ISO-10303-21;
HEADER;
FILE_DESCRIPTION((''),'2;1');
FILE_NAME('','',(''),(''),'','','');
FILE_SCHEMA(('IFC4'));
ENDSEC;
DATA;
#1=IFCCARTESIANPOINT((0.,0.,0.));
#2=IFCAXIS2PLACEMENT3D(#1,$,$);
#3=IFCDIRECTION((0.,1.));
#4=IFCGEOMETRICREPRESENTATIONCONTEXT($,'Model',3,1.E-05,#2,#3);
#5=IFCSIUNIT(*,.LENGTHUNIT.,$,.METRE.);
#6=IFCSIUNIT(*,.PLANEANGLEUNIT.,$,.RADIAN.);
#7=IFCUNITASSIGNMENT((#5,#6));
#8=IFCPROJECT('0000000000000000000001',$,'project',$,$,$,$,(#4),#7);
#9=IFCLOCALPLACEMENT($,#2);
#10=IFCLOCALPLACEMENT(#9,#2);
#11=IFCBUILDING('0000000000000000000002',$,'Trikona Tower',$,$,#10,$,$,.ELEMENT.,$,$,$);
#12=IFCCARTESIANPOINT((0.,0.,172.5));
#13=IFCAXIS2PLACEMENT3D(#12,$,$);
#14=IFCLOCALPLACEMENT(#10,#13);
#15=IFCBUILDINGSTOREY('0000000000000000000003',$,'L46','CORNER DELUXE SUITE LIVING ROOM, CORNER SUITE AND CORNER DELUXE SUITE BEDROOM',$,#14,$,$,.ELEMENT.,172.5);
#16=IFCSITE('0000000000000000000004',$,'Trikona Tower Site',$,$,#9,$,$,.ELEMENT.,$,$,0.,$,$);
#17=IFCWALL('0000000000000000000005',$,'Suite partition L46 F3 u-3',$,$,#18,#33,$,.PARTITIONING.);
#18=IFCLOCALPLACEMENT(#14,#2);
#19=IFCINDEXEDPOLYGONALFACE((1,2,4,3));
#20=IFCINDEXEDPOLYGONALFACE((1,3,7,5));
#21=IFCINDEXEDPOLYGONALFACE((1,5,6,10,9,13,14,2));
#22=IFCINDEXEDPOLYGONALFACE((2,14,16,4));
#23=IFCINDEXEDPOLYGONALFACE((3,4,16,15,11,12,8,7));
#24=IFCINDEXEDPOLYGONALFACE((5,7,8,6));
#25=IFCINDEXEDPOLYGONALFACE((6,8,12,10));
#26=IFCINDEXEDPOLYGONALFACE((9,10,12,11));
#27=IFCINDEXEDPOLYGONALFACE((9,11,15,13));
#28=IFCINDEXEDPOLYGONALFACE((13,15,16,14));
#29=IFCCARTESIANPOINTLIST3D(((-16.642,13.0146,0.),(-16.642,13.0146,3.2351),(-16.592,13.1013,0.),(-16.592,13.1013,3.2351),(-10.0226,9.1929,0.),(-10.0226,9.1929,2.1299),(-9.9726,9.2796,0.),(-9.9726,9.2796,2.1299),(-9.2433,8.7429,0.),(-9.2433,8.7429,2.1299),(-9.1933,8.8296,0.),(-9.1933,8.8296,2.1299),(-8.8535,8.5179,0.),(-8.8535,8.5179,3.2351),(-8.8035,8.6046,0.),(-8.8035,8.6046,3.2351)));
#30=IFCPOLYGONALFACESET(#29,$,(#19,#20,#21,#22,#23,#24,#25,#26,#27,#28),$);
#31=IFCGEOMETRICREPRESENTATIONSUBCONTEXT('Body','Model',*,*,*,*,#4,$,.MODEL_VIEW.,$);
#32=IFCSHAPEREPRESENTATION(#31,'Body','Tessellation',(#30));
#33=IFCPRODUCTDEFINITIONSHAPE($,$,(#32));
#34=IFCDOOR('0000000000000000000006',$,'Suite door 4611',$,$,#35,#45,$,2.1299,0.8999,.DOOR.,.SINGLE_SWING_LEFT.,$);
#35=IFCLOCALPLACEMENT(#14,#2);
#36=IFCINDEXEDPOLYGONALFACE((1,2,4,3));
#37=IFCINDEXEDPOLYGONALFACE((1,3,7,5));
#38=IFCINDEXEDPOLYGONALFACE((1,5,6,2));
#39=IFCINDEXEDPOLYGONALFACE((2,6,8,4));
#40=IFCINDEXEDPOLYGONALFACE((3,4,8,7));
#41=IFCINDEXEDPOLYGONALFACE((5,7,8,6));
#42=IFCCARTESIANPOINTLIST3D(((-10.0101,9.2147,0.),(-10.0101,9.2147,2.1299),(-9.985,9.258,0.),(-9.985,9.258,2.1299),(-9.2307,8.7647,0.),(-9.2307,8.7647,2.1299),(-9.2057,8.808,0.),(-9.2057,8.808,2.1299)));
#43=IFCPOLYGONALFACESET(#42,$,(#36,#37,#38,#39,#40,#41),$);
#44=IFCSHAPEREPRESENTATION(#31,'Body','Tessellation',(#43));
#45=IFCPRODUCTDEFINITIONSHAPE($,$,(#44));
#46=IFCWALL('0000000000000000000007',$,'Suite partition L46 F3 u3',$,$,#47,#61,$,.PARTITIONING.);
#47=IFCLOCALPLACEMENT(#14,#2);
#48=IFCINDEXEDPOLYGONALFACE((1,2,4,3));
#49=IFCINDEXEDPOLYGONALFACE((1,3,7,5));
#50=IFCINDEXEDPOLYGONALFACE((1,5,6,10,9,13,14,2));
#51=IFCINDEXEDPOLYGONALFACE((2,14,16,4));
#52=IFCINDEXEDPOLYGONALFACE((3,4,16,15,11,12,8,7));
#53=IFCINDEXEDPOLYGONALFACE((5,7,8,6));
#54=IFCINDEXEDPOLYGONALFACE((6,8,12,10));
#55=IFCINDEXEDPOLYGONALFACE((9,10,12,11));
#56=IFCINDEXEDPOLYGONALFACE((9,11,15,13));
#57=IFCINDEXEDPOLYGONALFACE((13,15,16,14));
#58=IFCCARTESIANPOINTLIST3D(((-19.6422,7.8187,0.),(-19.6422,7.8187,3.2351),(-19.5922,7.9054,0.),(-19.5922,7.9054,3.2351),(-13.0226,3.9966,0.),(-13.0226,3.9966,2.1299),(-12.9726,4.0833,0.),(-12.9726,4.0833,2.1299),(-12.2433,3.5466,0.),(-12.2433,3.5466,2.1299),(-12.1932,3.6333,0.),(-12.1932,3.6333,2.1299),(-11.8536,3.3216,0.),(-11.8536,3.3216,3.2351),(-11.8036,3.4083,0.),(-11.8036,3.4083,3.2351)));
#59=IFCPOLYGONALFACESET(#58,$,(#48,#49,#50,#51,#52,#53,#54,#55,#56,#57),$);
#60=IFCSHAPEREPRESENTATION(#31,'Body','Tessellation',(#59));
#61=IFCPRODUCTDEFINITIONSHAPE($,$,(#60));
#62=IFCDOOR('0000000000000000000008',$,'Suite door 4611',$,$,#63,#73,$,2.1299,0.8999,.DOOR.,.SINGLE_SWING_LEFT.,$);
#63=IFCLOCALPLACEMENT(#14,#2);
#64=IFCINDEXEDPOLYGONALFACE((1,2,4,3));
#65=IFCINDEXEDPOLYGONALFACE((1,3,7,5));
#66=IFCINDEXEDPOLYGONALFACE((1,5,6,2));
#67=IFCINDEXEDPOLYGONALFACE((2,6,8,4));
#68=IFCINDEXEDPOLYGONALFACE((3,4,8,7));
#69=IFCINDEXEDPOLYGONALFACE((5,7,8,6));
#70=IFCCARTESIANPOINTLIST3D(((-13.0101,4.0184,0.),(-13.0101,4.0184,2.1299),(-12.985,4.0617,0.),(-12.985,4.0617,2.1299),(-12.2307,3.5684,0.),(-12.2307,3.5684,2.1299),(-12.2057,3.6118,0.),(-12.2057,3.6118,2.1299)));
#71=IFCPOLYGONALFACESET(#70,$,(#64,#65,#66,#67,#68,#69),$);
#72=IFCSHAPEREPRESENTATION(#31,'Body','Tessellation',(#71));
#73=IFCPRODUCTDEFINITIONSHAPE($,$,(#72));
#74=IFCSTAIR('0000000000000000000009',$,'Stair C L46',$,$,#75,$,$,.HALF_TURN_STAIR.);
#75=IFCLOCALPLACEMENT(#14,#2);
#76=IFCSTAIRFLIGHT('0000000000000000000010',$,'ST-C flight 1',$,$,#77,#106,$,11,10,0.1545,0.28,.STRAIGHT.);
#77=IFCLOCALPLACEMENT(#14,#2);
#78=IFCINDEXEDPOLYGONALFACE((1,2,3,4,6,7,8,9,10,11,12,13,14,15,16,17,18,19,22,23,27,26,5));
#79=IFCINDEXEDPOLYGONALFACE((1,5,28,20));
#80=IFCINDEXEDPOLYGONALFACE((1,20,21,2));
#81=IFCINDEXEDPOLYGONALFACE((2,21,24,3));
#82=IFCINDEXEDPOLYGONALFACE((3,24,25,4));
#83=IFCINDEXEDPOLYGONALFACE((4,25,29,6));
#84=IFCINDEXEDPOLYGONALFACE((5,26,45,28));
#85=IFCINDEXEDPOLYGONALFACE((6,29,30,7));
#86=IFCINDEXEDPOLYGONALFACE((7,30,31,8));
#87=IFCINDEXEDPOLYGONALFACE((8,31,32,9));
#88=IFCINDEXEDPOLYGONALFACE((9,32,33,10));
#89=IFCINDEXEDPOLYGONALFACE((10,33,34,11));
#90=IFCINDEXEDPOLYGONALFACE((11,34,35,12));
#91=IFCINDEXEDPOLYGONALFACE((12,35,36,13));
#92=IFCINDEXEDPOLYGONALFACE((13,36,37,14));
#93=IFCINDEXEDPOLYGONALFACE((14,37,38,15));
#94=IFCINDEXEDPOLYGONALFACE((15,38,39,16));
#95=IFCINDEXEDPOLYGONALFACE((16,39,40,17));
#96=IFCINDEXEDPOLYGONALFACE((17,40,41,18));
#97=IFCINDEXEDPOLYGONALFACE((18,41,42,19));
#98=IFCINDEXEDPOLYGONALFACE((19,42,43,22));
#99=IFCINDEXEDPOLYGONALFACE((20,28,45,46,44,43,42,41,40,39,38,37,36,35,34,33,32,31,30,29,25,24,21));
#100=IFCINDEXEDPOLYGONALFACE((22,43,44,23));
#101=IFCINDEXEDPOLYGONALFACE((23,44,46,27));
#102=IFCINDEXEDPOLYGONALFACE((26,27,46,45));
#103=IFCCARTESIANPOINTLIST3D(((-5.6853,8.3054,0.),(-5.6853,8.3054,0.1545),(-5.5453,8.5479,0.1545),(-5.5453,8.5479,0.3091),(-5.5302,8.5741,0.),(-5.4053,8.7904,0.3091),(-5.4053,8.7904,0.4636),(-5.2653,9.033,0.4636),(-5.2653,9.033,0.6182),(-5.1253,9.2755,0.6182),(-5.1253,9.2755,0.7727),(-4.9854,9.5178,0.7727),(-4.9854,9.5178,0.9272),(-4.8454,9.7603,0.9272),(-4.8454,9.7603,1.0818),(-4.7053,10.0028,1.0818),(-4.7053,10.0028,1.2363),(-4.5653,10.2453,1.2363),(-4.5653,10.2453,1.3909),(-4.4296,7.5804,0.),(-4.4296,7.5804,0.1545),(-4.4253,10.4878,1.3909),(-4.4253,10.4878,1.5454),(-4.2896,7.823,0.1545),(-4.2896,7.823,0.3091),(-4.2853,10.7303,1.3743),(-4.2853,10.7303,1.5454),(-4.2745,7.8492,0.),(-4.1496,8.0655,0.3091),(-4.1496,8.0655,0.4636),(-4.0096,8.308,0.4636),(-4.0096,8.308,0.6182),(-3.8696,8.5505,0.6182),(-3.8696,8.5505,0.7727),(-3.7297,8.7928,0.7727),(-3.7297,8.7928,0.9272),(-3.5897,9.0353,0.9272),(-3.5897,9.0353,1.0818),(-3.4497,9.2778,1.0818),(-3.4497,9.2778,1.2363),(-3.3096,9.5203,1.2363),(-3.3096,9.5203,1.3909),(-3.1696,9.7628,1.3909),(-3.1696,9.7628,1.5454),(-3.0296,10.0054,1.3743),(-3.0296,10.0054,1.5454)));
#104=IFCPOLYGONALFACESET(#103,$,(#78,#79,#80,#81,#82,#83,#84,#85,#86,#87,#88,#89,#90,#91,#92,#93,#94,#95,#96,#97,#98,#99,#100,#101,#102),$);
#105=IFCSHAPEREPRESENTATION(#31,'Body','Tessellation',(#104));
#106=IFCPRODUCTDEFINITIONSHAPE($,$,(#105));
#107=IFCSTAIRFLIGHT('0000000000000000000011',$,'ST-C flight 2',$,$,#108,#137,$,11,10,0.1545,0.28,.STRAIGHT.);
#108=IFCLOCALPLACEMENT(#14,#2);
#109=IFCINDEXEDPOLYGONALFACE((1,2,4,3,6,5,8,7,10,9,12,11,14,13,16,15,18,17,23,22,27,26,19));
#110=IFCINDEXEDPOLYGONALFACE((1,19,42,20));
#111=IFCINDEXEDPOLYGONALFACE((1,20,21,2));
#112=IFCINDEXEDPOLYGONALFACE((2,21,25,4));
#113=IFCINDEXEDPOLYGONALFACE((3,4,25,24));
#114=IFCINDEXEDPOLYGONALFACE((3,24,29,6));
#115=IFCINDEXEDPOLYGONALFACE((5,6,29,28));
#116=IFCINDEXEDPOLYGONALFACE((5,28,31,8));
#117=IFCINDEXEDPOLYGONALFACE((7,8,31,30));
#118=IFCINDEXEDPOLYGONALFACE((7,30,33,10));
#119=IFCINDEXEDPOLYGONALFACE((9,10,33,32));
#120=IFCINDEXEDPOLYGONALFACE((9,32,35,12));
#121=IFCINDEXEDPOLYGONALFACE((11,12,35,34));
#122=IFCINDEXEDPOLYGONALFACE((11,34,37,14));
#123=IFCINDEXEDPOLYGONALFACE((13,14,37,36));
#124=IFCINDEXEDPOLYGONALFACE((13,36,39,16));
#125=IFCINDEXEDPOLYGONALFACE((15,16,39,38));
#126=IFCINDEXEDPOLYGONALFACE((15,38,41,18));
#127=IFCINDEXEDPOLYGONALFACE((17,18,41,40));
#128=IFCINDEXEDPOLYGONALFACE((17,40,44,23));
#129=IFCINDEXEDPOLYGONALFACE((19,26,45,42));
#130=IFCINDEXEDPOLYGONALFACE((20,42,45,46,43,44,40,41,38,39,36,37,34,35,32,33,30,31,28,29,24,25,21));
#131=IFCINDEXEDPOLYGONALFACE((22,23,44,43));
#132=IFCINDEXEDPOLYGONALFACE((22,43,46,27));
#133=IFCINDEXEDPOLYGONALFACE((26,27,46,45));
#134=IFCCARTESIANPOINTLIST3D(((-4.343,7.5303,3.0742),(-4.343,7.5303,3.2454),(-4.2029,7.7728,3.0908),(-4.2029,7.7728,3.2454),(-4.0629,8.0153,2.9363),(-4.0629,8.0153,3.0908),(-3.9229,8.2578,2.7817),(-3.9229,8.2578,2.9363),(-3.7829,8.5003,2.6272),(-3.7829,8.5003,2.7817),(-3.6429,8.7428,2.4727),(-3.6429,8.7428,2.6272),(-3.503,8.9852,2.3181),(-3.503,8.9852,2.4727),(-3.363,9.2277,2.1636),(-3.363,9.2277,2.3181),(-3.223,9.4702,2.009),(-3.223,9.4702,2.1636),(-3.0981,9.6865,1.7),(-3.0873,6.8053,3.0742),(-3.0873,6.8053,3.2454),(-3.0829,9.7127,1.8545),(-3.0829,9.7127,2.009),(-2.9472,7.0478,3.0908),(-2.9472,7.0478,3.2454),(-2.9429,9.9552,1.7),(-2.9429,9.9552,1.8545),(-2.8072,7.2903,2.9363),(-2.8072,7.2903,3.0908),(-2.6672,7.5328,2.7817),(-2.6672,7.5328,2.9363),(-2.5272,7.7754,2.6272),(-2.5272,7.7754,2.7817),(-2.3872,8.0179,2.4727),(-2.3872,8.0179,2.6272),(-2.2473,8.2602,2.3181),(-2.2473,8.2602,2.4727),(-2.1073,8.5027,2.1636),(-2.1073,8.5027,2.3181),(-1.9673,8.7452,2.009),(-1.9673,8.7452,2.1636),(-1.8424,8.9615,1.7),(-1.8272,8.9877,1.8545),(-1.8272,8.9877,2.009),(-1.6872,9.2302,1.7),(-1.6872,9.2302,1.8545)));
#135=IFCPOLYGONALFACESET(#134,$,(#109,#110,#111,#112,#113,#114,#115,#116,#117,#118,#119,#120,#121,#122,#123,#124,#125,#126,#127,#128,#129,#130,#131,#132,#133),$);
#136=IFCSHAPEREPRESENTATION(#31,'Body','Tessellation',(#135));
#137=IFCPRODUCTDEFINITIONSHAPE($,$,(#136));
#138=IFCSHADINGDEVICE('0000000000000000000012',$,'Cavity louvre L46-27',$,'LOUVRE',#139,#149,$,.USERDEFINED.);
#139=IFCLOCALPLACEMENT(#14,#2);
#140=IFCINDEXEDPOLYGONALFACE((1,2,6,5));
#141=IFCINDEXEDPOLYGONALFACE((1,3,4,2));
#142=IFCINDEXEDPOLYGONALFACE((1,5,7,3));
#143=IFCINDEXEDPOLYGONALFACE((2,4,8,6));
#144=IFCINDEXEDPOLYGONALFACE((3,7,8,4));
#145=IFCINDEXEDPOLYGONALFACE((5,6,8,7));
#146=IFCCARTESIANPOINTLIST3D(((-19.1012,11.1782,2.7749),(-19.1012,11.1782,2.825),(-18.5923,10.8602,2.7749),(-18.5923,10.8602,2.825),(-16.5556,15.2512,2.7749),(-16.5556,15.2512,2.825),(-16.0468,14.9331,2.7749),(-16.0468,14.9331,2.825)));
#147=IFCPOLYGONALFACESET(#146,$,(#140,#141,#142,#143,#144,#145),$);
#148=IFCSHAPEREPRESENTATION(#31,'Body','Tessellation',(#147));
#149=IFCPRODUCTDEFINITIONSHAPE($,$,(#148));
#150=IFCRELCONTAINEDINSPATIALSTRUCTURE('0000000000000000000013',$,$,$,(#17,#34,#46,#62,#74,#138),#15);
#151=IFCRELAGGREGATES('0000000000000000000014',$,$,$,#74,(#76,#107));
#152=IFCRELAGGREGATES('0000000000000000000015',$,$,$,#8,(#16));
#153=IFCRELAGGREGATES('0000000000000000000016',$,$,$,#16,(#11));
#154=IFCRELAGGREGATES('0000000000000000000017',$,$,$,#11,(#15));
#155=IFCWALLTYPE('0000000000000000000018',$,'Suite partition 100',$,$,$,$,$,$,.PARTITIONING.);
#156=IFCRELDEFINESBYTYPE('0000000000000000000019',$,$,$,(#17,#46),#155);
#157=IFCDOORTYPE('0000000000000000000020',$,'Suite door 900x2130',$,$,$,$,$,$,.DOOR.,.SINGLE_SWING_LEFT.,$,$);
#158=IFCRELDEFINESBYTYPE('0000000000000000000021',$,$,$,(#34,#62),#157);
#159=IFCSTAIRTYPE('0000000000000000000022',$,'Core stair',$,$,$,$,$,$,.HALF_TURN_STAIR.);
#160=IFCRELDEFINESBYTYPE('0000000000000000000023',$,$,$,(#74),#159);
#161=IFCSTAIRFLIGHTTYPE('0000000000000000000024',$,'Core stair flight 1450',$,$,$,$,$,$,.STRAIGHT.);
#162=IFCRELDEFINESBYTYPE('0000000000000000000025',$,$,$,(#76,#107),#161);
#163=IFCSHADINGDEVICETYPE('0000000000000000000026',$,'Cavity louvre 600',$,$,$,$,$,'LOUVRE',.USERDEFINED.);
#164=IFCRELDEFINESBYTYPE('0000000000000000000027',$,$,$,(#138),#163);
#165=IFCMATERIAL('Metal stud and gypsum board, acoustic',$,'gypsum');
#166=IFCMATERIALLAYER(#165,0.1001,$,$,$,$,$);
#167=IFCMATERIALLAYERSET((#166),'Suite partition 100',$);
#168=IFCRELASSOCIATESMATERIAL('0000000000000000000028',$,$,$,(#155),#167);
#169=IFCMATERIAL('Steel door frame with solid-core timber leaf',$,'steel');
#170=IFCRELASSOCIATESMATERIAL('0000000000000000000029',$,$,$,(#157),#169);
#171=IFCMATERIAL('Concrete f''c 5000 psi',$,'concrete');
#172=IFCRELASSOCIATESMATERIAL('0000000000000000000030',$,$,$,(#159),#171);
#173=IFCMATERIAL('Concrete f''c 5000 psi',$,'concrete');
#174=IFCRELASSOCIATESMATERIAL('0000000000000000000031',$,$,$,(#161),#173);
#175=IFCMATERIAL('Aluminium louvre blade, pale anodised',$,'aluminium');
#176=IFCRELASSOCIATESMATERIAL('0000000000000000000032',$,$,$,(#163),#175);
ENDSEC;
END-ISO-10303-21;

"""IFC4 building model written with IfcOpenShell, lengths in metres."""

from ifc_helpers import new_model, si_unit, direction, frame, frame_2d, origin, origin_2d, place, context, subcontext, project, spatial, polyline, rectangle, outline, extrude, material, layer, layer_set, type_object, element, fill, aggregate, save


model = new_model("IFC4")

# Units and contexts
model_context = context("Model", 3, precision=1e-05, world=origin(), true_north=direction((0.0, 1.0)))
body_context = subcontext(model_context, "Body", "Model", "MODEL_VIEW")
ifc_project = project(units=[si_unit("LENGTHUNIT", "METRE"), si_unit("PLANEANGLEUNIT", "RADIAN")], contexts=[model_context])

# Site, building, storey
site_placement = place(None, origin())
site = spatial("IfcSite", under=ifc_project, at=site_placement, Name="Trikona Tower Site", CompositionType="ELEMENT", RefElevation=0.0)
building_placement = place(site_placement, origin())
building = spatial("IfcBuilding", under=site, at=building_placement, Name="Trikona Tower", CompositionType="ELEMENT")
storey_placement = place(building_placement, frame((0.0, 0.0, 172.5)))
storey = spatial("IfcBuildingStorey", under=building, at=storey_placement, Name="L46", Description="CORNER DELUXE SUITE LIVING ROOM, CORNER SUITE AND CORNER DELUXE SUITE BEDROOM", CompositionType="ELEMENT", Elevation=172.5)

# Walls, openings, doors
ifc_material_1 = material(Name="Metal stud and gypsum board, acoustic", Category="gypsum")
ifc_layer_1 = layer(ifc_material_1, 0.1001)
ifc_layer_set_1 = layer_set([ifc_layer_1], Name="Suite partition 100")
wall_type_1 = type_object("IfcWallType", Name="Suite partition 100", PredefinedType="PARTITIONING", material=ifc_layer_set_1)
wall_1_placement = place(storey_placement, frame((-8.8286, 8.5613, 0.0), z_axis=(0.0, 0.0, 1.0), x_axis=(-0.866021, 0.500008, 0.0)))
wall_1 = element("IfcWall", 1, at=wall_1_placement, inside=storey, type_object=wall_type_1, Name="Suite partition L46 F3 u-3", PredefinedType="PARTITIONING", context=body_context, shape_type="SweptSolid", body=[
    extrude(rectangle(XDim=8.9934, YDim=0.1001, at=frame_2d((4.4966, 0.0))), origin(), (0.0, 0.0, 1.0), 3.2351),
])
opening_1_placement = place(wall_1_placement, frame((0.45, 0.0, 0.0)))
opening_1 = element("IfcOpeningElement", 2, at=opening_1_placement, cuts=wall_1, PredefinedType="OPENING", context=body_context, shape_type="SweptSolid", body=[
    extrude(rectangle(XDim=0.8999, YDim=2.1299, at=frame_2d((0.45, 1.0649))), frame((0.0, 0.0601, 0.0), z_axis=(0.0, -1.0, 0.0), x_axis=(1.0, 0.0, 0.0)), (0.0, 0.0, 1.0), 0.1201),
])
ifc_material_2 = material(Name="Steel door frame with solid-core timber leaf", Category="steel")
door_type_1 = type_object("IfcDoorType", Name="Suite door 900x2130", OperationType="SINGLE_SWING_LEFT", PredefinedType="DOOR", material=ifc_material_2)
door_1_placement = place(opening_1_placement, origin())
door_1 = element("IfcDoor", 3, at=door_1_placement, inside=storey, type_object=door_type_1, Name="Suite door 4611", OperationType="SINGLE_SWING_LEFT", OverallHeight=2.1299, OverallWidth=0.8999, PredefinedType="DOOR", context=body_context, shape_type="SweptSolid", body=[
    extrude(rectangle(XDim=0.8999, YDim=2.1299, at=frame_2d((0.45, 1.0649))), frame((0.0, 0.0249, 0.0), z_axis=(0.0, -1.0, 0.0), x_axis=(1.0, 0.0, 0.0)), (0.0, 0.0, 1.0), 0.05),
])
fill(opening_1, door_1)
wall_2_placement = place(storey_placement, frame((-11.8286, 3.365, 0.0), z_axis=(0.0, 0.0, 1.0), x_axis=(-0.866009, 0.500028, 0.0)))
wall_2 = element("IfcWall", 4, at=wall_2_placement, inside=storey, type_object=wall_type_1, Name="Suite partition L46 F3 u3", PredefinedType="PARTITIONING", context=body_context, shape_type="SweptSolid", body=[
    extrude(rectangle(XDim=8.9937, YDim=0.1001, at=frame_2d((4.4968, 0.0))), origin(), (0.0, 0.0, 1.0), 3.2351),
])
opening_2_placement = place(wall_2_placement, frame((0.45, 0.0, 0.0)))
opening_2 = element("IfcOpeningElement", 5, at=opening_2_placement, cuts=wall_2, PredefinedType="OPENING", context=body_context, shape_type="SweptSolid", body=[
    extrude(rectangle(XDim=0.8999, YDim=2.1299, at=frame_2d((0.45, 1.0649))), frame((0.0, 0.0601, 0.0), z_axis=(0.0, -1.0, 0.0), x_axis=(1.0, 0.0, 0.0)), (0.0, 0.0, 1.0), 0.1201),
])
door_2_placement = place(opening_2_placement, origin())
door_2 = element("IfcDoor", 6, at=door_2_placement, inside=storey, type_object=door_type_1, Name="Suite door 4611", OperationType="SINGLE_SWING_LEFT", OverallHeight=2.1299, OverallWidth=0.8999, PredefinedType="DOOR", context=body_context, shape_type="SweptSolid", body=[
    extrude(rectangle(XDim=0.8999, YDim=2.1299, at=frame_2d((0.45, 1.0649))), frame((0.0, 0.0249, 0.0), z_axis=(0.0, -1.0, 0.0), x_axis=(1.0, 0.0, 0.0)), (0.0, 0.0, 1.0), 0.05),
])
fill(opening_2, door_2)

# Stair, stair flights
ifc_material_3 = material(Name="Concrete f'c 5000 psi", Category="concrete")
stair_type = type_object("IfcStairType", Name="Core stair", PredefinedType="HALF_TURN_STAIR", material=ifc_material_3)
stair_placement = place(storey_placement, origin())
stair = element("IfcStair", 7, at=stair_placement, inside=storey, type_object=stair_type, Name="Stair C L46", PredefinedType="HALF_TURN_STAIR")
ifc_material_4 = material(Name="Concrete f'c 5000 psi", Category="concrete")
stair_flight_type = type_object("IfcStairFlightType", Name="Core stair flight 1450", PredefinedType="STRAIGHT", material=ifc_material_4)
stair_flight_1_placement = place(storey_placement, frame((-5.0574, 7.9429, 0.0), z_axis=(0.0, 0.0, 1.0), x_axis=(0.5, 0.866025, 0.0)))
stair_flight_1 = element("IfcStairFlight", 8, at=stair_flight_1_placement, type_object=stair_flight_type, Name="ST-C flight 1", NumberOfRisers=11, NumberOfTreads=10, PredefinedType="STRAIGHT", RiserHeight=0.1545, TreadLength=0.28, context=body_context, shape_type="SweptSolid", body=[
    extrude(outline(polyline([(0.0, 0.0), (0.0, 0.1545), (0.28, 0.1545), (0.28, 0.3091), (0.5601, 0.3091), (0.5601, 0.4636), (0.8401, 0.4636), (0.8401, 0.6182), (1.1201, 0.6182), (1.1201, 0.7727), (1.3999, 0.7727), (1.3999, 0.9272), (1.6799, 0.9272), (1.6799, 1.0818), (1.96, 1.0818), (1.96, 1.2363), (2.24, 1.2363), (2.24, 1.3909), (2.52, 1.3909), (2.52, 1.5454), (2.8, 1.5454), (2.8, 1.7), (2.8, 1.3743), (0.3103, 0.0), (0.0, 0.0)])), frame((0.0, 0.7251, 0.0), z_axis=(0.0, -1.0, 0.0), x_axis=(1.0, 0.0, 0.0)), (0.0, 0.0, 1.0), 1.45),
])
stair_flight_2_placement = place(storey_placement, frame((-2.3152, 9.5928, 1.7), z_axis=(0.0, 0.0, 1.0), x_axis=(-0.5, -0.866025, 0.0)))
stair_flight_2 = element("IfcStairFlight", 9, at=stair_flight_2_placement, type_object=stair_flight_type, Name="ST-C flight 2", NumberOfRisers=11, NumberOfTreads=10, PredefinedType="STRAIGHT", RiserHeight=0.1545, TreadLength=0.28, context=body_context, shape_type="SweptSolid", body=[
    extrude(outline(polyline([(0.0, 0.0), (0.0, 0.1545), (0.28, 0.1545), (0.28, 0.3091), (0.5601, 0.3091), (0.5601, 0.4636), (0.8401, 0.4636), (0.8401, 0.6182), (1.1201, 0.6182), (1.1201, 0.7727), (1.3999, 0.7727), (1.3999, 0.9272), (1.6799, 0.9272), (1.6799, 1.0818), (1.96, 1.0818), (1.96, 1.2363), (2.24, 1.2363), (2.24, 1.3909), (2.52, 1.3909), (2.52, 1.5454), (2.8, 1.5454), (2.8, 1.7), (2.8, 1.3743), (0.3103, 0.0), (0.0, 0.0)])), frame((0.0, 0.7251, 0.0), z_axis=(0.0, -1.0, 0.0), x_axis=(1.0, 0.0, 0.0)), (0.0, 0.0, 1.0), 1.45),
])
aggregate(stair, [stair_flight_1, stair_flight_2])

# Shading device
ifc_material_5 = material(Name="Aluminium louvre blade, pale anodised", Category="aluminium")
shading_device_type = type_object("IfcShadingDeviceType", Name="Cavity louvre 600", ElementType="LOUVRE", PredefinedType="USERDEFINED", material=ifc_material_5)
shading_device_placement = place(storey_placement, frame((-17.574, 13.0557, 2.7749), z_axis=(0.0, 0.0, 1.0), x_axis=(-0.529995, -0.848001, 0.0)))
element("IfcShadingDevice", 10, at=shading_device_placement, inside=storey, type_object=shading_device_type, Name="Cavity louvre L46-27", ObjectType="LOUVRE", PredefinedType="USERDEFINED", context=body_context, shape_type="SweptSolid", body=[
    extrude(rectangle(XDim=4.803, YDim=0.6001, at=origin_2d()), origin(), (0.0, 0.0, 1.0), 0.05),
])

save(model, "model.ifc")
